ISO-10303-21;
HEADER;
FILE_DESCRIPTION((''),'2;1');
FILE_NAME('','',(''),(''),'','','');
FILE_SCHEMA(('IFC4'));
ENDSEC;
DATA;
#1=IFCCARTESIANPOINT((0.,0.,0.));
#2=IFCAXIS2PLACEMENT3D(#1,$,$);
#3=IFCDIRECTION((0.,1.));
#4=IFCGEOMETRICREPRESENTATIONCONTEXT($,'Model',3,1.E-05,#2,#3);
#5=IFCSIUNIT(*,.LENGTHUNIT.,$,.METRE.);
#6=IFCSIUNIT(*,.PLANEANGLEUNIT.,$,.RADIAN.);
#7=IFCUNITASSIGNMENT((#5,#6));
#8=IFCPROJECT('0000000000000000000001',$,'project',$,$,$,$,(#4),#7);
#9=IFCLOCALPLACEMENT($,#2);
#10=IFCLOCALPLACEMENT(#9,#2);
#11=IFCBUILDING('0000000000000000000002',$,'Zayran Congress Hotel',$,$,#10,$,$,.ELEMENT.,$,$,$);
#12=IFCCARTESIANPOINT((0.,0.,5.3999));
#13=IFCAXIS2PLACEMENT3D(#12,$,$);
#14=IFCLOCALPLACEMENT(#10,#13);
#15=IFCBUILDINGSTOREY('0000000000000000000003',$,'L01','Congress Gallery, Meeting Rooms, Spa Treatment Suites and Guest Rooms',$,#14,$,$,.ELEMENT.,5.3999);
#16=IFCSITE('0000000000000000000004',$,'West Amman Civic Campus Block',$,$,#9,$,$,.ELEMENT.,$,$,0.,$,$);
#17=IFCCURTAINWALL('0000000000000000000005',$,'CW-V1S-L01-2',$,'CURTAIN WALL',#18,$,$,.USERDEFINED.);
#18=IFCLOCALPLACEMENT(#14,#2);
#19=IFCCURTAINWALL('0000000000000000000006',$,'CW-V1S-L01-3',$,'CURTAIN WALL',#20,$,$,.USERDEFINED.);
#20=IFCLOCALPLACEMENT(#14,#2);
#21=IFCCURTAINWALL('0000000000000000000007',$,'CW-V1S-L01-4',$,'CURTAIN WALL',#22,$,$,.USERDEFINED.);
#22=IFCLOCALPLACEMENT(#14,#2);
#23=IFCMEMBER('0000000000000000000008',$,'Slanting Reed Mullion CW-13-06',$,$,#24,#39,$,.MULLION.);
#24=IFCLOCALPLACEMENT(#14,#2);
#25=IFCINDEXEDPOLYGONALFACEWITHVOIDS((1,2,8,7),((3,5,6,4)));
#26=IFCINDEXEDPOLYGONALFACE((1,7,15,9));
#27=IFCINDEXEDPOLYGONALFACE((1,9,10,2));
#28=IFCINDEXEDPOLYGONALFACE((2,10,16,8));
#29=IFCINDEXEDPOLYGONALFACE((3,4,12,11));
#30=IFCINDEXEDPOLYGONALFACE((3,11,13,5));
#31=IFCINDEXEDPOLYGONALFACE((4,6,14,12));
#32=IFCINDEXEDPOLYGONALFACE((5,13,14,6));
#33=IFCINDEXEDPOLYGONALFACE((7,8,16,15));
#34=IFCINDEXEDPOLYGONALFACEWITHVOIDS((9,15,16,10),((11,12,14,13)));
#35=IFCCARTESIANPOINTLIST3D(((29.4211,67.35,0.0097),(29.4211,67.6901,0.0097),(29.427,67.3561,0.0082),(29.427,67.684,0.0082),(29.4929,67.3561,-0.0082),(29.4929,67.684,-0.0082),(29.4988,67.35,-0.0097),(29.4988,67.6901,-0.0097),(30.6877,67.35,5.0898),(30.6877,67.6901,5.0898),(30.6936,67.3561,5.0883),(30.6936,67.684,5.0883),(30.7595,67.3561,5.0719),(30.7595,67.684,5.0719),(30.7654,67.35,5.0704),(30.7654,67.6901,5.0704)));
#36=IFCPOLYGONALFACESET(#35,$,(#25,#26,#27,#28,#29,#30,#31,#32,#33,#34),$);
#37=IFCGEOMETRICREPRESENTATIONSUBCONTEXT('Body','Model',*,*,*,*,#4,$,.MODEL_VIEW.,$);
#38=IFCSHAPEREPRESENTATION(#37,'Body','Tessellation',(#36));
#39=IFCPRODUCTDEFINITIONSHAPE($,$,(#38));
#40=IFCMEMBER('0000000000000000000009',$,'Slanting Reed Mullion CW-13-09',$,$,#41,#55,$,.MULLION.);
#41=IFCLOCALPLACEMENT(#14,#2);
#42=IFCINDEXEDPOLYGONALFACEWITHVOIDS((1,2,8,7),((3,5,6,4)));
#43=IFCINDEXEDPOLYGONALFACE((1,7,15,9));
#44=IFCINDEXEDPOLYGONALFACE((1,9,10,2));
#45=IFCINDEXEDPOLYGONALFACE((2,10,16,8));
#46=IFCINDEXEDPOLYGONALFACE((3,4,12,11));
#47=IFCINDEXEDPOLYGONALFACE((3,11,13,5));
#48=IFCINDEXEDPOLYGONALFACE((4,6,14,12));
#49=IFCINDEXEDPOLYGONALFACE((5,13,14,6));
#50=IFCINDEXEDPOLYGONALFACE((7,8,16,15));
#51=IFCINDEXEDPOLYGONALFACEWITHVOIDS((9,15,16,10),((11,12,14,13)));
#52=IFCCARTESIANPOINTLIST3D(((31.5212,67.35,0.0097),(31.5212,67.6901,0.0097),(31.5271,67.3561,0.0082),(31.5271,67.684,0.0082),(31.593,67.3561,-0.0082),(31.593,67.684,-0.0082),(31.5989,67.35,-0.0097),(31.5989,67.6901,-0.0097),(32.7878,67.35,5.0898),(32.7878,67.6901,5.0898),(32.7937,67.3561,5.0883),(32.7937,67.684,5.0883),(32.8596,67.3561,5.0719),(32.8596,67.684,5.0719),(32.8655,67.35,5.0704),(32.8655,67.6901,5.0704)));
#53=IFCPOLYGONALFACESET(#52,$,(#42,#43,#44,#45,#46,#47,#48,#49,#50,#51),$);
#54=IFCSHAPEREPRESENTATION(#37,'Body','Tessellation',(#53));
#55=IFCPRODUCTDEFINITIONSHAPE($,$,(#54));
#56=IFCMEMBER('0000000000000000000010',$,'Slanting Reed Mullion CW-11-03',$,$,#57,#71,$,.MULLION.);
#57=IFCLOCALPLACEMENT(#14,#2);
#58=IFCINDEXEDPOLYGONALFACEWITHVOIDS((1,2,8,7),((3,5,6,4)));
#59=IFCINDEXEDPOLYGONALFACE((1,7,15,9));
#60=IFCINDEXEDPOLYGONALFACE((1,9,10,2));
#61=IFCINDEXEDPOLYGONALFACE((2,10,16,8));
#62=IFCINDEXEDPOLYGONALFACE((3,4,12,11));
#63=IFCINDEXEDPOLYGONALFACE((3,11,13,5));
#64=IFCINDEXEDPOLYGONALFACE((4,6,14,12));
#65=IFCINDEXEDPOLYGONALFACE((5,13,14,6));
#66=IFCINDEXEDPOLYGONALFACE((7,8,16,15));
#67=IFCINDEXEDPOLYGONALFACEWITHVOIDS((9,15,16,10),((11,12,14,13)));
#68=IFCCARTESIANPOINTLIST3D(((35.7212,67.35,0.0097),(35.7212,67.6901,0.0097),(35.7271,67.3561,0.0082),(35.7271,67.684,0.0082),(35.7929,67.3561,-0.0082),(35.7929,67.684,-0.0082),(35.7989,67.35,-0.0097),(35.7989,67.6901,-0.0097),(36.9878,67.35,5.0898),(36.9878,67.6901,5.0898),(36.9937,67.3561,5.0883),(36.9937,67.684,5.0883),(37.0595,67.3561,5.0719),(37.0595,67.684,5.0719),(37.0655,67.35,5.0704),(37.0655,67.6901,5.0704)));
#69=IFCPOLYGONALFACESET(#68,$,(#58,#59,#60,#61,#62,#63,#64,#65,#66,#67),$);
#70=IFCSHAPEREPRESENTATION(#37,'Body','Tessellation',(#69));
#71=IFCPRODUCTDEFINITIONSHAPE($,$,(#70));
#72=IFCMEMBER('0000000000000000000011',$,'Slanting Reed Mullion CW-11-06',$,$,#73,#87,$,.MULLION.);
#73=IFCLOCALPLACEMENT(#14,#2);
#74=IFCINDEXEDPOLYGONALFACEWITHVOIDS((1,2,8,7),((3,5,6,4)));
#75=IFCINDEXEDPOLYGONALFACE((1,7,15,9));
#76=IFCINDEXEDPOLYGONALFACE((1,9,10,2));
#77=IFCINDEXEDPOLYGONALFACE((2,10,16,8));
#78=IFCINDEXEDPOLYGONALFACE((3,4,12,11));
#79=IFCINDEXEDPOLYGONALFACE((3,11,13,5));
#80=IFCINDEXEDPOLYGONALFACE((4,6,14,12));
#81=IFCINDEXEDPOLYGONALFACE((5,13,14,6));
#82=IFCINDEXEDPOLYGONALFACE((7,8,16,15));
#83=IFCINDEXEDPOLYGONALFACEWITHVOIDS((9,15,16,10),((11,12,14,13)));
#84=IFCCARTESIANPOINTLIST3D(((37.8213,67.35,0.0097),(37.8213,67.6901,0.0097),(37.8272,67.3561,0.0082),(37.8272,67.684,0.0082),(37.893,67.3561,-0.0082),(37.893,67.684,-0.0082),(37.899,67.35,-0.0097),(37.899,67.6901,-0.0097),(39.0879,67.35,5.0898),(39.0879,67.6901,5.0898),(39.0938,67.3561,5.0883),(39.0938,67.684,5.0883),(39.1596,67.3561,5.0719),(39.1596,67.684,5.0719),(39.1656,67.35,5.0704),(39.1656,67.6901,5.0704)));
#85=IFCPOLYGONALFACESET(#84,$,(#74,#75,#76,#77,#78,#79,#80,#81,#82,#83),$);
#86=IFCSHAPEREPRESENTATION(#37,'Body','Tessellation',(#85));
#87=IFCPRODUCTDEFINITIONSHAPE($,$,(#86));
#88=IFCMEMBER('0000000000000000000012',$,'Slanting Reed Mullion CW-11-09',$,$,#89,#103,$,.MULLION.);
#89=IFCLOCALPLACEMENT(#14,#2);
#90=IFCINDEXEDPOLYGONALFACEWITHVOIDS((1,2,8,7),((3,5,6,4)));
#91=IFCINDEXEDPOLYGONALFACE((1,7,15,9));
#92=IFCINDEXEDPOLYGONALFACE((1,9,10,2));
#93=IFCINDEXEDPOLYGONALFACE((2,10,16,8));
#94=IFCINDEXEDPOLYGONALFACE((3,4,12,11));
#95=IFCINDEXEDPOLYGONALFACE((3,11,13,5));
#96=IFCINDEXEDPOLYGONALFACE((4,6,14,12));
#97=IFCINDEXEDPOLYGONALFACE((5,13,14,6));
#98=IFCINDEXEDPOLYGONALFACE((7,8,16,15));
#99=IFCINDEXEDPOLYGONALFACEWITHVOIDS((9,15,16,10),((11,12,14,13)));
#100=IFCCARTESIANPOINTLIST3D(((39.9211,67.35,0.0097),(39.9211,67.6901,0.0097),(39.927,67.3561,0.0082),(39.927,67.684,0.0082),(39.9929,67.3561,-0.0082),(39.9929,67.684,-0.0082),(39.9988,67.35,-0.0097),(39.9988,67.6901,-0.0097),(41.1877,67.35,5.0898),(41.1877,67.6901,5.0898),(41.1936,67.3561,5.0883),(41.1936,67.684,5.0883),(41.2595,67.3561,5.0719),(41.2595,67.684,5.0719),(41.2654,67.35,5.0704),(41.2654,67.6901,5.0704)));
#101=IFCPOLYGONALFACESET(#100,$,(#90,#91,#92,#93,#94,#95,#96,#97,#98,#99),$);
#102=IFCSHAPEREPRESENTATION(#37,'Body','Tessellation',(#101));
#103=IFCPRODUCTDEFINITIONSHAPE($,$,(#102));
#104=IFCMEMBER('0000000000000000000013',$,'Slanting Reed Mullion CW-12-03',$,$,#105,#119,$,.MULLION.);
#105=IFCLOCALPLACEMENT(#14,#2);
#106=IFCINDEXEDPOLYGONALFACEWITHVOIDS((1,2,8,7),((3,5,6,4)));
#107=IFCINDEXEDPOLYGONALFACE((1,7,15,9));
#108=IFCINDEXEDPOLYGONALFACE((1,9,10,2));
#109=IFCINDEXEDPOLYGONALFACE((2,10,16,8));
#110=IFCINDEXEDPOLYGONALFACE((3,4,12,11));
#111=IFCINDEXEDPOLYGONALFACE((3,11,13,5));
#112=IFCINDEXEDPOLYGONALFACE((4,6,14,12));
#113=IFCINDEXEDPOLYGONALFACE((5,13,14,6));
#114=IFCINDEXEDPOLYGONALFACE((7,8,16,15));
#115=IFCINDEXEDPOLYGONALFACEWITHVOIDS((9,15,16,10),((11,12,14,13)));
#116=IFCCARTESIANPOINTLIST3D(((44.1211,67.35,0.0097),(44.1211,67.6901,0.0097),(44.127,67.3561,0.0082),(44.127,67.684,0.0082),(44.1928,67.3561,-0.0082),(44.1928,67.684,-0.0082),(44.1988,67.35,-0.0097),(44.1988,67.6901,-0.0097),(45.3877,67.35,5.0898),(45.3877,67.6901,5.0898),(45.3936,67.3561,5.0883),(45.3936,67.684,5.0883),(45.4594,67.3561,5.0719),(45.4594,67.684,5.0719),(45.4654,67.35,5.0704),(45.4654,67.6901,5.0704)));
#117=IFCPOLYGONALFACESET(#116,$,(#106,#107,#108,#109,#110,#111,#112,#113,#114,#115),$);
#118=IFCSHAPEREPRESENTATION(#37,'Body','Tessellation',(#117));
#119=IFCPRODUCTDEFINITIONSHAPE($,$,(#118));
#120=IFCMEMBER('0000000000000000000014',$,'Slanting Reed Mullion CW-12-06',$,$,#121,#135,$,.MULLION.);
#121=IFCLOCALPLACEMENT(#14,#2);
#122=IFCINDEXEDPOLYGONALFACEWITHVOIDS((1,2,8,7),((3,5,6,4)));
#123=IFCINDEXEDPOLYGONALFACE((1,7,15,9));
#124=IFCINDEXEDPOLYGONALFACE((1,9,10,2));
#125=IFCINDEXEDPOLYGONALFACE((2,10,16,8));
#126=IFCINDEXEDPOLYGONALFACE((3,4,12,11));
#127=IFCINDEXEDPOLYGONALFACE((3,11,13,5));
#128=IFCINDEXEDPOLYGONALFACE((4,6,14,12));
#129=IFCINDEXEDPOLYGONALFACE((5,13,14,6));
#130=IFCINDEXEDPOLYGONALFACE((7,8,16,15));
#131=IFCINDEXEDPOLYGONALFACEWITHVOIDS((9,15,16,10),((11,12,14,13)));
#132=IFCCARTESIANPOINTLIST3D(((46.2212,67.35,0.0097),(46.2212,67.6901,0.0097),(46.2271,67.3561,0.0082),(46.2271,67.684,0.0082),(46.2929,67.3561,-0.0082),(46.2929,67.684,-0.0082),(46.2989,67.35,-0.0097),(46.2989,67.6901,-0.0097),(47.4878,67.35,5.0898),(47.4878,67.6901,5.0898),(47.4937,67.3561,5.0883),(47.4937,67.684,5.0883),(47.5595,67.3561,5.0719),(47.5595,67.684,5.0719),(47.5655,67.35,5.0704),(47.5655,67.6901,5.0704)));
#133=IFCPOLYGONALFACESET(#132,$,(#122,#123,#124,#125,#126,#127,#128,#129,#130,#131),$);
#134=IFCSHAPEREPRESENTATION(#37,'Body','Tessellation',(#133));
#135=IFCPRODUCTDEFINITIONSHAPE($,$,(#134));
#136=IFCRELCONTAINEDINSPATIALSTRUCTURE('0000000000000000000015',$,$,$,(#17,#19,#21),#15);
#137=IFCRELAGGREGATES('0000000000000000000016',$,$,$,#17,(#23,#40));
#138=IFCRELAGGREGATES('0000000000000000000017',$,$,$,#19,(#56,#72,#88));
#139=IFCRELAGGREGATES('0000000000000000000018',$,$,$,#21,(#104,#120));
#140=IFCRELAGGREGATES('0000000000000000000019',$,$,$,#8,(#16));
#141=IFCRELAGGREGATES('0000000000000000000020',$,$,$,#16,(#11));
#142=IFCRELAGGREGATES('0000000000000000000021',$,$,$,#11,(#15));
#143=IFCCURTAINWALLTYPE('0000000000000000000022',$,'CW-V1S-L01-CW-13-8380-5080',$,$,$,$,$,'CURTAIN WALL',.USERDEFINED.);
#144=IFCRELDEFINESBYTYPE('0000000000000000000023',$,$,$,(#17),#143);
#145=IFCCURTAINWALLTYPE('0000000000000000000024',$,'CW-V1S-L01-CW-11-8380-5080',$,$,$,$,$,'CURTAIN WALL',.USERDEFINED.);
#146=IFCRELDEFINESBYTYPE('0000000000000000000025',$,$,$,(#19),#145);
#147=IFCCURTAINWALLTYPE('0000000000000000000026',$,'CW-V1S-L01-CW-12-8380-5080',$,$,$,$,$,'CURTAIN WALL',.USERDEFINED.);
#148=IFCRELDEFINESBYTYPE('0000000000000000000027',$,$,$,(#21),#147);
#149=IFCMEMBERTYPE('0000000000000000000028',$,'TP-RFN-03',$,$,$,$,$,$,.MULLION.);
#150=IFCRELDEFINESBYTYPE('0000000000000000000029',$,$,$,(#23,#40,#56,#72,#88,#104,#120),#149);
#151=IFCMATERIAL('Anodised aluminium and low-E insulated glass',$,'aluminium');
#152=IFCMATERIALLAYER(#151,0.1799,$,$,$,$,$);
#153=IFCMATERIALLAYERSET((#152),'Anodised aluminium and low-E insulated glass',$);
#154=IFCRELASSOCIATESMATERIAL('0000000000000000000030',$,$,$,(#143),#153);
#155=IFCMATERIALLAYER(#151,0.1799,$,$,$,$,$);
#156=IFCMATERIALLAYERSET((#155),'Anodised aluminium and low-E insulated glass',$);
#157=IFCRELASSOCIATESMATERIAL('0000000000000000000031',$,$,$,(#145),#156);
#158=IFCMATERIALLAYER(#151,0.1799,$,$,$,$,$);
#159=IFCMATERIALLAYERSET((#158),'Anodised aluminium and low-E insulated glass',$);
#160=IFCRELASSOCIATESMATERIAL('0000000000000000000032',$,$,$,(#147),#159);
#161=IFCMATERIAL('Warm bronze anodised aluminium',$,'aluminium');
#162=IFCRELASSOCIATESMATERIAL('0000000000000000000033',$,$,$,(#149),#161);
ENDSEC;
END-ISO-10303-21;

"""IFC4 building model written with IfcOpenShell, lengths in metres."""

from ifc_helpers import new_model, si_unit, direction, frame, origin, origin_2d, place, context, subcontext, project, spatial, hollow_rectangle, extrude, material, layer, layer_set, material_profile, profile_set, type_object, element, aggregate, save


model = new_model("IFC4")

# Units and contexts
model_context = context("Model", 3, precision=1e-05, world=origin(), true_north=direction((0.0, 1.0)))
body_context = subcontext(model_context, "Body", "Model", "MODEL_VIEW")
ifc_project = project(units=[si_unit("LENGTHUNIT", "METRE"), si_unit("PLANEANGLEUNIT", "RADIAN")], contexts=[model_context])

# Site, building, storey
site_placement = place(None, origin())
site = spatial("IfcSite", under=ifc_project, at=site_placement, Name="West Amman Civic Campus Block", CompositionType="ELEMENT", RefElevation=0.0)
building_placement = place(site_placement, origin())
building = spatial("IfcBuilding", under=site, at=building_placement, Name="Zayran Congress Hotel", CompositionType="ELEMENT")
storey_placement = place(building_placement, frame((0.0, 0.0, 5.3999)))
storey = spatial("IfcBuildingStorey", under=building, at=storey_placement, Name="L01", Description="Congress Gallery, Meeting Rooms, Spa Treatment Suites and Guest Rooms", CompositionType="ELEMENT", Elevation=5.3999)

# Curtain walls
ifc_material_1 = material(Name="Anodised aluminium and low-E insulated glass", Category="aluminium")
ifc_layer_1 = layer(ifc_material_1, 0.1799)
ifc_layer_set_1 = layer_set([ifc_layer_1], Name="Anodised aluminium and low-E insulated glass")
curtain_wall_type_1 = type_object("IfcCurtainWallType", Name="CW-V1S-L01-CW-13-8380-5080", ElementType="CURTAIN WALL", PredefinedType="USERDEFINED", material=ifc_layer_set_1)
curtain_wall_1_placement = place(storey_placement, origin())
curtain_wall_1 = element("IfcCurtainWall", 1, at=curtain_wall_1_placement, inside=storey, type_object=curtain_wall_type_1, Name="CW-V1S-L01-2", ObjectType="CURTAIN WALL", PredefinedType="USERDEFINED")
ifc_material_2 = material(Name="Warm bronze anodised aluminium", Category="aluminium")
ifc_layer_2 = layer(ifc_material_1, 0.1799)
ifc_layer_set_2 = layer_set([ifc_layer_2], Name="Anodised aluminium and low-E insulated glass")
curtain_wall_type_2 = type_object("IfcCurtainWallType", Name="CW-V1S-L01-CW-11-8380-5080", ElementType="CURTAIN WALL", PredefinedType="USERDEFINED", material=ifc_layer_set_2)
curtain_wall_2_placement = place(storey_placement, origin())
curtain_wall_2 = element("IfcCurtainWall", 2, at=curtain_wall_2_placement, inside=storey, type_object=curtain_wall_type_2, Name="CW-V1S-L01-3", ObjectType="CURTAIN WALL", PredefinedType="USERDEFINED")
ifc_layer_3 = layer(ifc_material_1, 0.1799)
ifc_layer_set_3 = layer_set([ifc_layer_3], Name="Anodised aluminium and low-E insulated glass")
curtain_wall_type_3 = type_object("IfcCurtainWallType", Name="CW-V1S-L01-CW-12-8380-5080", ElementType="CURTAIN WALL", PredefinedType="USERDEFINED", material=ifc_layer_set_3)
curtain_wall_3_placement = place(storey_placement, origin())
curtain_wall_3 = element("IfcCurtainWall", 3, at=curtain_wall_3_placement, inside=storey, type_object=curtain_wall_type_3, Name="CW-V1S-L01-4", ObjectType="CURTAIN WALL", PredefinedType="USERDEFINED")

# Members
ifc_material_profile_1 = material_profile(ifc_material_2, hollow_rectangle(XDim=0.0801, YDim=0.3401, WallThickness=0.0061, at=origin_2d()), Name="RHS 340x80x6")
ifc_profile_set_1 = profile_set([ifc_material_profile_1], Name="Warm bronze anodised aluminium")
member_type_1 = type_object("IfcMemberType", Name="TP-RFN-03", PredefinedType="MULLION", material=ifc_profile_set_1)
member_1_placement = place(storey_placement, frame((29.46, 67.52, 0.0), z_axis=(0.241921, 0.0, 0.970296), x_axis=(-0.970296, 0.0, 0.241921)))
member_1 = element("IfcMember", 4, at=member_1_placement, type_object=member_type_1, Name="Slanting Reed Mullion CW-13-06", PredefinedType="MULLION", context=body_context, shape_type="SweptSolid", body=[
    extrude(hollow_rectangle(XDim=0.0801, YDim=0.3401, WallThickness=0.0061, at=origin_2d()), origin(), (0.0, 0.0, 1.0), 5.2356),
])
member_2_placement = place(storey_placement, frame((31.5601, 67.52, 0.0), z_axis=(0.241921, 0.0, 0.970296), x_axis=(-0.970296, 0.0, 0.241921)))
member_2 = element("IfcMember", 5, at=member_2_placement, type_object=member_type_1, Name="Slanting Reed Mullion CW-13-09", PredefinedType="MULLION", context=body_context, shape_type="SweptSolid", body=[
    extrude(hollow_rectangle(XDim=0.0801, YDim=0.3401, WallThickness=0.0061, at=origin_2d()), origin(), (0.0, 0.0, 1.0), 5.2356),
])
aggregate(curtain_wall_1, [member_1, member_2])
member_3_placement = place(storey_placement, frame((35.76, 67.52, 0.0), z_axis=(0.241921, 0.0, 0.970296), x_axis=(-0.970296, 0.0, 0.241921)))
member_3 = element("IfcMember", 6, at=member_3_placement, type_object=member_type_1, Name="Slanting Reed Mullion CW-11-03", PredefinedType="MULLION", context=body_context, shape_type="SweptSolid", body=[
    extrude(hollow_rectangle(XDim=0.0801, YDim=0.3401, WallThickness=0.0061, at=origin_2d()), origin(), (0.0, 0.0, 1.0), 5.2356),
])
member_4_placement = place(storey_placement, frame((37.8601, 67.52, 0.0), z_axis=(0.241921, 0.0, 0.970296), x_axis=(-0.970296, 0.0, 0.241921)))
member_4 = element("IfcMember", 7, at=member_4_placement, type_object=member_type_1, Name="Slanting Reed Mullion CW-11-06", PredefinedType="MULLION", context=body_context, shape_type="SweptSolid", body=[
    extrude(hollow_rectangle(XDim=0.0801, YDim=0.3401, WallThickness=0.0061, at=origin_2d()), origin(), (0.0, 0.0, 1.0), 5.2356),
])
member_5_placement = place(storey_placement, frame((39.96, 67.52, 0.0), z_axis=(0.241921, 0.0, 0.970296), x_axis=(-0.970296, 0.0, 0.241921)))
member_5 = element("IfcMember", 8, at=member_5_placement, type_object=member_type_1, Name="Slanting Reed Mullion CW-11-09", PredefinedType="MULLION", context=body_context, shape_type="SweptSolid", body=[
    extrude(hollow_rectangle(XDim=0.0801, YDim=0.3401, WallThickness=0.0061, at=origin_2d()), origin(), (0.0, 0.0, 1.0), 5.2356),
])
aggregate(curtain_wall_2, [member_3, member_4, member_5])
member_6_placement = place(storey_placement, frame((44.1599, 67.52, 0.0), z_axis=(0.241921, 0.0, 0.970296), x_axis=(-0.970296, 0.0, 0.241921)))
member_6 = element("IfcMember", 9, at=member_6_placement, type_object=member_type_1, Name="Slanting Reed Mullion CW-12-03", PredefinedType="MULLION", context=body_context, shape_type="SweptSolid", body=[
    extrude(hollow_rectangle(XDim=0.0801, YDim=0.3401, WallThickness=0.0061, at=origin_2d()), origin(), (0.0, 0.0, 1.0), 5.2356),
])
member_7_placement = place(storey_placement, frame((46.26, 67.52, 0.0), z_axis=(0.241921, 0.0, 0.970296), x_axis=(-0.970296, 0.0, 0.241921)))
member_7 = element("IfcMember", 10, at=member_7_placement, type_object=member_type_1, Name="Slanting Reed Mullion CW-12-06", PredefinedType="MULLION", context=body_context, shape_type="SweptSolid", body=[
    extrude(hollow_rectangle(XDim=0.0801, YDim=0.3401, WallThickness=0.0061, at=origin_2d()), origin(), (0.0, 0.0, 1.0), 5.2356),
])
aggregate(curtain_wall_3, [member_6, member_7])

save(model, "model.ifc")
